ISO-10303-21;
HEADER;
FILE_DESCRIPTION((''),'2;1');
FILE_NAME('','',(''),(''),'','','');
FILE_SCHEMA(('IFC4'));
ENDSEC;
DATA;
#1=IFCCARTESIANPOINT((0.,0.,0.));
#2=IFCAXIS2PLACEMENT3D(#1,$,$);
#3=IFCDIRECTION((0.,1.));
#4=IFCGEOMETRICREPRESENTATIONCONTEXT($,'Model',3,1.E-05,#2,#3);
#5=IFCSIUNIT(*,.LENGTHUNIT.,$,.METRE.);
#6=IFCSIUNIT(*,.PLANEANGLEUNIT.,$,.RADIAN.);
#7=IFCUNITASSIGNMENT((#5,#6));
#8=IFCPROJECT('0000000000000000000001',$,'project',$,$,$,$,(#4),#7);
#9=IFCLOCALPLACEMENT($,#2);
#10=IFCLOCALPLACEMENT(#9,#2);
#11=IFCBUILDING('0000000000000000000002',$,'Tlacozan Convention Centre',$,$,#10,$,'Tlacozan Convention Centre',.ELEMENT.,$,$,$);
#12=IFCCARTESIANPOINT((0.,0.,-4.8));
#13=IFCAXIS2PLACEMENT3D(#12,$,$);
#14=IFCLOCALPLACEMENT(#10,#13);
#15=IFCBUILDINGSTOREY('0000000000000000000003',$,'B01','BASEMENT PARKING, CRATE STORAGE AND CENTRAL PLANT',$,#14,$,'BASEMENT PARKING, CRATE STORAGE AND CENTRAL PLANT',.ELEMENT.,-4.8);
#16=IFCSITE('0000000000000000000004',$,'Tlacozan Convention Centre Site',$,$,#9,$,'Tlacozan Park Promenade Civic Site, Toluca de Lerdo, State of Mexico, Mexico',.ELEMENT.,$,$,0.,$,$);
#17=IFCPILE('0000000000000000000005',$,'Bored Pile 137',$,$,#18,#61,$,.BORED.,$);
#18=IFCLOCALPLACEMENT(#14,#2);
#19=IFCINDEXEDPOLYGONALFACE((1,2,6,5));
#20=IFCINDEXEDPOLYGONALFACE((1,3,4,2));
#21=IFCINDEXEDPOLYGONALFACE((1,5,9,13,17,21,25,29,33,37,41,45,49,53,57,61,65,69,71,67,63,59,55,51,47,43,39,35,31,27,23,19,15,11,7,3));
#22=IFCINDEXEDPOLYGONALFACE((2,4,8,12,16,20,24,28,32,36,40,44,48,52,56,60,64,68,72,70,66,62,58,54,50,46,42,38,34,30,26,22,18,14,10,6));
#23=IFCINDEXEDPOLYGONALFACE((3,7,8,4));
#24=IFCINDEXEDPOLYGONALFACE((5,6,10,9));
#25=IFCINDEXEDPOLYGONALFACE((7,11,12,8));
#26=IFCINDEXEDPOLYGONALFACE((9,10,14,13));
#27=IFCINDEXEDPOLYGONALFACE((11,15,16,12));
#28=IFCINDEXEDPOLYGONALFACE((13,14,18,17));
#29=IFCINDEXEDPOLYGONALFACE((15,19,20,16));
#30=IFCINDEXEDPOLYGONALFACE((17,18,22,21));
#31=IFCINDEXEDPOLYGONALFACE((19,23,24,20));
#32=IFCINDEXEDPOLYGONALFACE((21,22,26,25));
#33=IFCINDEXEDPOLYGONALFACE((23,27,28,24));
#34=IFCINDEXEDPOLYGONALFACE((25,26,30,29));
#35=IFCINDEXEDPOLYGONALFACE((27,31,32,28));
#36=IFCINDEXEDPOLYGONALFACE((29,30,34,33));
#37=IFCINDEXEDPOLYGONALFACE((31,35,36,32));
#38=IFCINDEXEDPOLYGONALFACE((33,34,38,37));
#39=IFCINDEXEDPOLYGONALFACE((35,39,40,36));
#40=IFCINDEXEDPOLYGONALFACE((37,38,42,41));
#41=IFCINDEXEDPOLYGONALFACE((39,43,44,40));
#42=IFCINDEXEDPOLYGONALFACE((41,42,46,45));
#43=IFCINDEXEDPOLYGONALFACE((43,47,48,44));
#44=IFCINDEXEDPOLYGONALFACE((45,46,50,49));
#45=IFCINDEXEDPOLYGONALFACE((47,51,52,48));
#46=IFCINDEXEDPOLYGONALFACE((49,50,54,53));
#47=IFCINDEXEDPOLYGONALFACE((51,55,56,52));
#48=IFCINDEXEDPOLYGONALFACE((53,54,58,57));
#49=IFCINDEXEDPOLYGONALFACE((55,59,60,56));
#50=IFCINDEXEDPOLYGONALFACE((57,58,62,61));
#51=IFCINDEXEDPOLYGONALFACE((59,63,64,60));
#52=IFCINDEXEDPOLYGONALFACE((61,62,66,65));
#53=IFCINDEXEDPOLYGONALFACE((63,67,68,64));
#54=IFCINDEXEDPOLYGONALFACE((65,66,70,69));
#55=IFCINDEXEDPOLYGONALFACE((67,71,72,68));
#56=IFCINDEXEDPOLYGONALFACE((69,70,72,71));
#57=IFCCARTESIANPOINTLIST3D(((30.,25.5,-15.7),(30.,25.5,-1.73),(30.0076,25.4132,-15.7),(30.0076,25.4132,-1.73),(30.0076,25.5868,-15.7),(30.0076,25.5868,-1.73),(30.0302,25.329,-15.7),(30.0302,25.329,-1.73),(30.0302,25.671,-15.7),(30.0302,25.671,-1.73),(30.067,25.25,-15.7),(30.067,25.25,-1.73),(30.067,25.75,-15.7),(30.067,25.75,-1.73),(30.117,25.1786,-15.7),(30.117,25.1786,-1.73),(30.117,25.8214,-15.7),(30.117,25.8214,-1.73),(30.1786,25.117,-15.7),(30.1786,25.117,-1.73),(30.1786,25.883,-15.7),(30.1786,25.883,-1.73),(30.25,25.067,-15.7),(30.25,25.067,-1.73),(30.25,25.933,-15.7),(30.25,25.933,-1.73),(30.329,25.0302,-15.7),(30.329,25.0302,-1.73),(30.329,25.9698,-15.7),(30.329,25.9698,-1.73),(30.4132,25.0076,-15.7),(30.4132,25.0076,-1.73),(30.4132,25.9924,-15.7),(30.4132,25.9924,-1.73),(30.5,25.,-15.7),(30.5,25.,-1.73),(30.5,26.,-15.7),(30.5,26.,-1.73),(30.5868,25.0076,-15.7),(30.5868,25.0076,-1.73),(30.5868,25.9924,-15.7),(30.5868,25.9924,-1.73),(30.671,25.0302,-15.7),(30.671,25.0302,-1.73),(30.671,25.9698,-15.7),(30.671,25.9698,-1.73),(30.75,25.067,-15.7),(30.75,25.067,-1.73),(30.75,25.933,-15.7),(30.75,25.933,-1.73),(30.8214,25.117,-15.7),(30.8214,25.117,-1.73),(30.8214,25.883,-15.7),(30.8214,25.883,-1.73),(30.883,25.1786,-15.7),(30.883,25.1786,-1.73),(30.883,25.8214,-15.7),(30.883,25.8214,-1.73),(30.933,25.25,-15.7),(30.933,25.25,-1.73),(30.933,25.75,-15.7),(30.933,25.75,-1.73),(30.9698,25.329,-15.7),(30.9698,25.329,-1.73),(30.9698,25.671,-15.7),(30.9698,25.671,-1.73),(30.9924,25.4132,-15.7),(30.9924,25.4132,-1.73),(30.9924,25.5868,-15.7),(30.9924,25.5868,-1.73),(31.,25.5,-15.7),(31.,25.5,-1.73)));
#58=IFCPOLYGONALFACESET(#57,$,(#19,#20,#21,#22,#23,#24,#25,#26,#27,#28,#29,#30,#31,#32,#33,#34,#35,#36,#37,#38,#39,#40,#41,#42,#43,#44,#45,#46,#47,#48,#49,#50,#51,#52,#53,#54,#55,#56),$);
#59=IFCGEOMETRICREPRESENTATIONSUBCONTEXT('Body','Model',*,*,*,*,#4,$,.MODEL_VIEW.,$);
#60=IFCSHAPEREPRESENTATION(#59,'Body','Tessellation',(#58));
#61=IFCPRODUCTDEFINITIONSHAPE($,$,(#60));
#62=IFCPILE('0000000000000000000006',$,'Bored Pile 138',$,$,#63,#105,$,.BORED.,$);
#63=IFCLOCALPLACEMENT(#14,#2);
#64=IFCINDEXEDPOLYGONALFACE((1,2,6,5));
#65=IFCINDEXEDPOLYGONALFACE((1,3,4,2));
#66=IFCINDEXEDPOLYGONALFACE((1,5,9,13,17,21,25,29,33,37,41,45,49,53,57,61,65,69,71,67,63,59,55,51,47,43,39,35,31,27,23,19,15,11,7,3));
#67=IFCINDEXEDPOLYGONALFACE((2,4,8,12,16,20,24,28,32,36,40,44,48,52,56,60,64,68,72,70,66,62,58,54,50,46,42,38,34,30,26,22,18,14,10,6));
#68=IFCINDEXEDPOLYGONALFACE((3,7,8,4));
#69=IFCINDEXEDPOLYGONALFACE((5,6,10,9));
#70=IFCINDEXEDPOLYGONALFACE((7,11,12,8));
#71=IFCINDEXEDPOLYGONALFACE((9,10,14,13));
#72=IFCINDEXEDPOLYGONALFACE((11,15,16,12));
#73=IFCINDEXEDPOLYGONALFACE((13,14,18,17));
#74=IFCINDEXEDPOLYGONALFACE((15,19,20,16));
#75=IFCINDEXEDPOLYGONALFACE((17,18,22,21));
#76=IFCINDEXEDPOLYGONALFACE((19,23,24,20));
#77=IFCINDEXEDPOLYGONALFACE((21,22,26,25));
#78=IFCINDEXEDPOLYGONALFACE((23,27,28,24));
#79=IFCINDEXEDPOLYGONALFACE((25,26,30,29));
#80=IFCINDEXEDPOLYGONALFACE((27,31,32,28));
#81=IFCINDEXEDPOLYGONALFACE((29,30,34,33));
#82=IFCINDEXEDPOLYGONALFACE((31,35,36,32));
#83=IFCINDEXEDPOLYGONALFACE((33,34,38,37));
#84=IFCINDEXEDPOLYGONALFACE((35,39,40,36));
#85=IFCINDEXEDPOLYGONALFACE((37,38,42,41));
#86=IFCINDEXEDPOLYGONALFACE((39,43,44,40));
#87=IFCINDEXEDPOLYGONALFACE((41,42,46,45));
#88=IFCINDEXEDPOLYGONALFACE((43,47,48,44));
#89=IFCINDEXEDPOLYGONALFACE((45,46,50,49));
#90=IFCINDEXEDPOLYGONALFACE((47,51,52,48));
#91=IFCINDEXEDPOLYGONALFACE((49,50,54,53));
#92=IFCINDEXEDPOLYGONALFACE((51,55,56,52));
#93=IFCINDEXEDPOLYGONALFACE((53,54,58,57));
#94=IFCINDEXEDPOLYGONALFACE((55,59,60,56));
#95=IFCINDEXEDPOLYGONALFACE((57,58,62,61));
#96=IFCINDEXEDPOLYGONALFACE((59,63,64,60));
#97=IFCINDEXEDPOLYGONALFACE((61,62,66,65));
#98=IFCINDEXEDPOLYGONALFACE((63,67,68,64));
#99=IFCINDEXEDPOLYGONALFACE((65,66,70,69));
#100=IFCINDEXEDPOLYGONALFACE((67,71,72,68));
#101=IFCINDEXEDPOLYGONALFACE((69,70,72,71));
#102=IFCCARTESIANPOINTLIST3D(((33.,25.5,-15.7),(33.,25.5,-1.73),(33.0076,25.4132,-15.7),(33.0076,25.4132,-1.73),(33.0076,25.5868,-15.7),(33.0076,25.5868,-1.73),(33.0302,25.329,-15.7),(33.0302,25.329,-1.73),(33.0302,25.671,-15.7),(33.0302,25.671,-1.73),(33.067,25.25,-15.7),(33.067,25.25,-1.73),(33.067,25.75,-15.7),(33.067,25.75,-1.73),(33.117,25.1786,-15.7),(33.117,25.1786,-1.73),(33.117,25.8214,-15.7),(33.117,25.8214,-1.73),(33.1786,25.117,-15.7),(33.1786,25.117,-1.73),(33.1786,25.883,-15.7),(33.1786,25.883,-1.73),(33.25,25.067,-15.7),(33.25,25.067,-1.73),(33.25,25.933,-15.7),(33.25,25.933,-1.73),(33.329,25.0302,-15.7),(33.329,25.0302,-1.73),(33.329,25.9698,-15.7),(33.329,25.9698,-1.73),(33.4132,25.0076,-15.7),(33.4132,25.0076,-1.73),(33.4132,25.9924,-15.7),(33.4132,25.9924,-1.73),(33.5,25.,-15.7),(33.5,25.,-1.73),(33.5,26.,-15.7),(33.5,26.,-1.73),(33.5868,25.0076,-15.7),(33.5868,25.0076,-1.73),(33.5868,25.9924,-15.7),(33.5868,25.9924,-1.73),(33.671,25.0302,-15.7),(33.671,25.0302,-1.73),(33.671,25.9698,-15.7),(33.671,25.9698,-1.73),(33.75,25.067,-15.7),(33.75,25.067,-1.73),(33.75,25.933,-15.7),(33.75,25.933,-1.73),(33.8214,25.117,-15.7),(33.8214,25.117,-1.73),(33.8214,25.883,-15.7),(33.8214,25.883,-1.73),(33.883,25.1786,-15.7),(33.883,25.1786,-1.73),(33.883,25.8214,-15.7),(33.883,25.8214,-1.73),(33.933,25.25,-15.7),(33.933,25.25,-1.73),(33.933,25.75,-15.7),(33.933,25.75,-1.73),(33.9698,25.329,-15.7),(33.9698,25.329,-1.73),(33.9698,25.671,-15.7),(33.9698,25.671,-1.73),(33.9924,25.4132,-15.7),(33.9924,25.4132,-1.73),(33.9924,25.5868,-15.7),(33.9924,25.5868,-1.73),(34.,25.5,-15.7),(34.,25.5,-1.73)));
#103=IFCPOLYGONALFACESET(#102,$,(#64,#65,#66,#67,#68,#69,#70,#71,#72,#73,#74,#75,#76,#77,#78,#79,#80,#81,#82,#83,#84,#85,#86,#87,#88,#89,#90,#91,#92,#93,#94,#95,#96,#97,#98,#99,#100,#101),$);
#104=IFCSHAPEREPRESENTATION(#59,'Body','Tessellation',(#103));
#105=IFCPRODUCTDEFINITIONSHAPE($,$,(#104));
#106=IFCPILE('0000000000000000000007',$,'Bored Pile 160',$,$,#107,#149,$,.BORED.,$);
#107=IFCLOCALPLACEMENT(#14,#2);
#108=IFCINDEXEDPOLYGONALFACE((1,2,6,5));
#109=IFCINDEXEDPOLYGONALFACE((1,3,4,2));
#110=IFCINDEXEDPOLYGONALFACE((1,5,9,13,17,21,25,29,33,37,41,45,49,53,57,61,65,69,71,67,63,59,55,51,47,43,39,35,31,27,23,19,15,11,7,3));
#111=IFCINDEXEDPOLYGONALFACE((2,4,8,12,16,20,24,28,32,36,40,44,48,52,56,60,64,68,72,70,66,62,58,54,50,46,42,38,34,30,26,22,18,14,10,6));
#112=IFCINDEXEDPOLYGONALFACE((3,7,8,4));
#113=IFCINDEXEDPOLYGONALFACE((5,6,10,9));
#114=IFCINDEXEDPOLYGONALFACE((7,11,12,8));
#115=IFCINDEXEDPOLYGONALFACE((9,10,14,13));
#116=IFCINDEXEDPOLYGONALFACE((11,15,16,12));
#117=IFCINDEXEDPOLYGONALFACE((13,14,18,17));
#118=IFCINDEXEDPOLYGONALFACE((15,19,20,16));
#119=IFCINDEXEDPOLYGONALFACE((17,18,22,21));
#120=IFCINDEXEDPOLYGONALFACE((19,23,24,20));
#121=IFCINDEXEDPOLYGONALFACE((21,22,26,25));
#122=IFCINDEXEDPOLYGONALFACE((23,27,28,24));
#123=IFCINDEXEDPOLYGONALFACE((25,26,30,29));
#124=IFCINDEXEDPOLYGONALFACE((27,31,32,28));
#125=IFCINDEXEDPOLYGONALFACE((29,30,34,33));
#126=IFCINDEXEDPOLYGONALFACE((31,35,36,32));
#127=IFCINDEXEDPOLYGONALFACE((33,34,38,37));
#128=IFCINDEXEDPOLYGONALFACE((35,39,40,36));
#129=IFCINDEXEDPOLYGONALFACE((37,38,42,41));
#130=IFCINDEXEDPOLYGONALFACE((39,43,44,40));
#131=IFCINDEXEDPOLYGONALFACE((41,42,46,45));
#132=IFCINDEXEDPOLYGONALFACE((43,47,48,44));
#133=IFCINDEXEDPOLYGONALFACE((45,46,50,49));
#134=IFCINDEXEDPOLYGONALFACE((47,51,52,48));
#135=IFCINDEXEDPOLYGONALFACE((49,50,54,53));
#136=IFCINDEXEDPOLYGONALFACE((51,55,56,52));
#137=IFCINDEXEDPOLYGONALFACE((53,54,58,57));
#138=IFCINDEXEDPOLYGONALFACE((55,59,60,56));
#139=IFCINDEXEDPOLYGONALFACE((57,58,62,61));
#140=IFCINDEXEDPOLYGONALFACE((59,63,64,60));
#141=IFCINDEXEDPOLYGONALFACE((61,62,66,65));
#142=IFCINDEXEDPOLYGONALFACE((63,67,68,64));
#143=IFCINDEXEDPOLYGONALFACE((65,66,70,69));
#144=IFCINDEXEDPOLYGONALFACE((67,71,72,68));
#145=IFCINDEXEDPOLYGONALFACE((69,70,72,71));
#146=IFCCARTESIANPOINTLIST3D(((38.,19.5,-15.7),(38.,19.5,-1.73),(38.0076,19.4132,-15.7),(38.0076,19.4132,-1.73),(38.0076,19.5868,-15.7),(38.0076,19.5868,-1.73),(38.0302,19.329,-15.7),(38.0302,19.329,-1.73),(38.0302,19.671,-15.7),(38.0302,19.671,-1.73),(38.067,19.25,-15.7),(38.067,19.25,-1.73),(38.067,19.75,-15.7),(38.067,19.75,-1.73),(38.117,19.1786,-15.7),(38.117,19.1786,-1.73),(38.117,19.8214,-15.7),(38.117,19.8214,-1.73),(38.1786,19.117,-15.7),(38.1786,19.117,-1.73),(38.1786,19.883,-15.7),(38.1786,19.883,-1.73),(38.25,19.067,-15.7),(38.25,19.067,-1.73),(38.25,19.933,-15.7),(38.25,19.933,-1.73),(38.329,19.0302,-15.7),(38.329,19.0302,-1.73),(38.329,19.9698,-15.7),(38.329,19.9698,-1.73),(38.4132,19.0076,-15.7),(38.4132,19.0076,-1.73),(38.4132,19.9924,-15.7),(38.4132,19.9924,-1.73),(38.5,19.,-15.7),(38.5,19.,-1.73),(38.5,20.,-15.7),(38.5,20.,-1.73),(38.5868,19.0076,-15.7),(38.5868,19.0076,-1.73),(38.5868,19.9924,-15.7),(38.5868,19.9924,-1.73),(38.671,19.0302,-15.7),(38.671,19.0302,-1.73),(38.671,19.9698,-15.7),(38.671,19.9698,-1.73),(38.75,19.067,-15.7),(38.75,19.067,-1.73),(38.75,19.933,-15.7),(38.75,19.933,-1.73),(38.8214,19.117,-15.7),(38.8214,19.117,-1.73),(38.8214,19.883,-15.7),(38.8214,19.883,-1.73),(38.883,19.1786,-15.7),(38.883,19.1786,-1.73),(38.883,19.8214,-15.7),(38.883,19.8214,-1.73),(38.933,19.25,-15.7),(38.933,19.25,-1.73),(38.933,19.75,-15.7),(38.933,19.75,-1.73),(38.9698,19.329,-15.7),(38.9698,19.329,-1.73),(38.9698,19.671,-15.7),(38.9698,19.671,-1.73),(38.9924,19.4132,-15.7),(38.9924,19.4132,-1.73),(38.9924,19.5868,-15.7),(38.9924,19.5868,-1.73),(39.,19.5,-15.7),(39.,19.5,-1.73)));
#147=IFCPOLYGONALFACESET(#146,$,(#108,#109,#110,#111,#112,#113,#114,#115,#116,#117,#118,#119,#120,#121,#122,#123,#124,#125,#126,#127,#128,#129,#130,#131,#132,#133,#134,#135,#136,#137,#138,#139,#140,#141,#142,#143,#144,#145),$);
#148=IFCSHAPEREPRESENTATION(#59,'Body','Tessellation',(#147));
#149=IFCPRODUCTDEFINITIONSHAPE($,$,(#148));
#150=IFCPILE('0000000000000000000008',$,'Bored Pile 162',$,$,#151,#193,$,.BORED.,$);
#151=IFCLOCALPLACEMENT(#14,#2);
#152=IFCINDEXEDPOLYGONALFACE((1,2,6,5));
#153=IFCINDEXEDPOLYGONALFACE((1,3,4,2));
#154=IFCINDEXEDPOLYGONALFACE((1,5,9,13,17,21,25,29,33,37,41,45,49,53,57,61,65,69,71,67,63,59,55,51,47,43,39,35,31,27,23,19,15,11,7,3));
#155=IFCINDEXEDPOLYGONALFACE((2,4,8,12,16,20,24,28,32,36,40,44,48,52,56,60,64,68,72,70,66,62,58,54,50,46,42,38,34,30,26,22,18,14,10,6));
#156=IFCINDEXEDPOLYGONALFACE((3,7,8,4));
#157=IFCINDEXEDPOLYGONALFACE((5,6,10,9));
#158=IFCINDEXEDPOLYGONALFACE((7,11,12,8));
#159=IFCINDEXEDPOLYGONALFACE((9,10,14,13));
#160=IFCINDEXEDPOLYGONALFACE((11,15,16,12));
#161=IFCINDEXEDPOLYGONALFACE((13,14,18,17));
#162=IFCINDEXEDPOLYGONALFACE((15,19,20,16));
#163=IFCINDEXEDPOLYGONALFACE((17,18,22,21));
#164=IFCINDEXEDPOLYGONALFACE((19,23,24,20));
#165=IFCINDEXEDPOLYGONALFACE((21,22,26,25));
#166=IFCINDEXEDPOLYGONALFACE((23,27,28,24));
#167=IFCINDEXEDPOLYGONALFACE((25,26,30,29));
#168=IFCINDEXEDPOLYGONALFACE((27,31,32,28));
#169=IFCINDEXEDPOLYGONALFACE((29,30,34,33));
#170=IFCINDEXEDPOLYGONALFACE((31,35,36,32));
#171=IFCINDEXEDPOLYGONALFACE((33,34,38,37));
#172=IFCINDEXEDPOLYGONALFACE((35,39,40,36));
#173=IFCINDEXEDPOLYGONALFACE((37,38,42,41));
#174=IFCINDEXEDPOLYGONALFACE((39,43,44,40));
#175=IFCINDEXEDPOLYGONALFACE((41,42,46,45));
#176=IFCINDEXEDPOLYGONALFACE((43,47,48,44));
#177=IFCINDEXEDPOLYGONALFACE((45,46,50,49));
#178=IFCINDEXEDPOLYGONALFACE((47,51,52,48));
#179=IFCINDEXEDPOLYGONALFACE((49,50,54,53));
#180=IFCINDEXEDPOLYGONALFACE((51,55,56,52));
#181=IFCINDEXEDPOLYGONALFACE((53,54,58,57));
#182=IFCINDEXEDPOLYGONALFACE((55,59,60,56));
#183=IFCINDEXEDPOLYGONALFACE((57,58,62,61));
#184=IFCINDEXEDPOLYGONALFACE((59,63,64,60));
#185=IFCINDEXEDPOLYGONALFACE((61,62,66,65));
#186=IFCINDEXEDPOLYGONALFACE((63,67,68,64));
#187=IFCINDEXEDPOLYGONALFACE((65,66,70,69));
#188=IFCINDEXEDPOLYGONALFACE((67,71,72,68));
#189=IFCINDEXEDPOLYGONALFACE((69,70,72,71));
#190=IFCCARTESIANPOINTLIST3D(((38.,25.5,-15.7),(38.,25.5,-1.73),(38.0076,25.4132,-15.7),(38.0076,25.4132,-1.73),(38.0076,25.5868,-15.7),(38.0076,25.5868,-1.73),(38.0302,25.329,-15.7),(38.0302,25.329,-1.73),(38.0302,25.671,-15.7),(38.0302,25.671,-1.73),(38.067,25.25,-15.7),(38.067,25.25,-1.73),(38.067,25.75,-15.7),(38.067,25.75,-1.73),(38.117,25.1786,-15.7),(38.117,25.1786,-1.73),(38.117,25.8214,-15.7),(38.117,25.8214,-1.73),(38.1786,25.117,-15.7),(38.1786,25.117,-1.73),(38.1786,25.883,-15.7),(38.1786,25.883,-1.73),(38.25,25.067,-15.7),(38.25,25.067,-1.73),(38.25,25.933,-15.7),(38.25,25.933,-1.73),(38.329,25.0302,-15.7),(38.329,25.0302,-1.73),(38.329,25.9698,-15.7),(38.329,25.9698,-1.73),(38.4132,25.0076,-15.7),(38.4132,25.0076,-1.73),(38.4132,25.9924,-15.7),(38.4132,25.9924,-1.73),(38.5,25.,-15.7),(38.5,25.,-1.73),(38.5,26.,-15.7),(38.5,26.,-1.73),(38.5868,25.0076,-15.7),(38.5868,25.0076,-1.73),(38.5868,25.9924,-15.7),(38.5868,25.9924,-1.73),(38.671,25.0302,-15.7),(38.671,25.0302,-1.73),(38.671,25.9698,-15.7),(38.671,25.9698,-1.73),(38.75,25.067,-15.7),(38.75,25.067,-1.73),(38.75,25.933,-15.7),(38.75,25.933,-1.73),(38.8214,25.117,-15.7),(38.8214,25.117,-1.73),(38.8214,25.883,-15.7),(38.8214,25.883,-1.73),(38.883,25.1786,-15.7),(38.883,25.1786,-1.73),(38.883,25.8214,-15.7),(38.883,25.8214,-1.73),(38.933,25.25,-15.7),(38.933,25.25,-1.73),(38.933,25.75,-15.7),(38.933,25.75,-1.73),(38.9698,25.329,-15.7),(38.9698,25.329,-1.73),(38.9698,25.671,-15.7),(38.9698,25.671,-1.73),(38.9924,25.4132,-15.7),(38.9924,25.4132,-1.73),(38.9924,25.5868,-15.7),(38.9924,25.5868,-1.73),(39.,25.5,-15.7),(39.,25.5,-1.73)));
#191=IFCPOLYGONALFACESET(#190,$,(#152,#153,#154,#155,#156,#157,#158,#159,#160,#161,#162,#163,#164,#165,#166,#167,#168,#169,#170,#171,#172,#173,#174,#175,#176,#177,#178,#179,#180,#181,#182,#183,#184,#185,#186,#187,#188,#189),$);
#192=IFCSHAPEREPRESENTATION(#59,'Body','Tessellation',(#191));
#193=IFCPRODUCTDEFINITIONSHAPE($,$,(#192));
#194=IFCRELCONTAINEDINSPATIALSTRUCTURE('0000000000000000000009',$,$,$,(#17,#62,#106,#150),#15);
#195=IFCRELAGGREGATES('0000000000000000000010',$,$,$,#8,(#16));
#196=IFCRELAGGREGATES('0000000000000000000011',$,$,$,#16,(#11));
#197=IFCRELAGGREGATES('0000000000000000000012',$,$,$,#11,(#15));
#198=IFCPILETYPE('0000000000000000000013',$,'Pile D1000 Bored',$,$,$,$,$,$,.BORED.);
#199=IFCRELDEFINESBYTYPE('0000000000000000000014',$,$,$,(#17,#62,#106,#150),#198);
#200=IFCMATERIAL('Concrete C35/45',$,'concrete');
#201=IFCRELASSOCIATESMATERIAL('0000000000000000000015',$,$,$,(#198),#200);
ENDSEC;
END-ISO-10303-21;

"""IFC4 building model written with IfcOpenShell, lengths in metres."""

from ifc_helpers import new_model, si_unit, direction, frame, origin, origin_2d, place, context, subcontext, project, spatial, circle, extrude, material, material_profile, profile_set, type_object, element, save


model = new_model("IFC4")

# Units and contexts
model_context = context("Model", 3, precision=1e-05, world=origin(), true_north=direction((0.0, 1.0)))
body_context = subcontext(model_context, "Body", "Model", "MODEL_VIEW")
ifc_project = project(units=[si_unit("LENGTHUNIT", "METRE"), si_unit("PLANEANGLEUNIT", "RADIAN")], contexts=[model_context])

# Site, building, storey
site_placement = place(None, origin())
site = spatial("IfcSite", under=ifc_project, at=site_placement, Name="Tlacozan Convention Centre Site", LongName="Tlacozan Park Promenade Civic Site, Toluca de Lerdo, State of Mexico, Mexico", CompositionType="ELEMENT", RefElevation=0.0)
building_placement = place(site_placement, origin())
building = spatial("IfcBuilding", under=site, at=building_placement, Name="Tlacozan Convention Centre", LongName="Tlacozan Convention Centre", CompositionType="ELEMENT")
storey_placement = place(building_placement, frame((0.0, 0.0, -4.8)))
storey = spatial("IfcBuildingStorey", under=building, at=storey_placement, Name="B01", Description="BASEMENT PARKING, CRATE STORAGE AND CENTRAL PLANT", LongName="BASEMENT PARKING, CRATE STORAGE AND CENTRAL PLANT", CompositionType="ELEMENT", Elevation=-4.8)

# Shared definitions
ifc_material_1 = material(Name="Concrete C35/45", Category="concrete")

# Piles
ifc_material_profile_1 = material_profile(ifc_material_1, circle(Radius=0.5, at=origin_2d()), Name="PILE D1000")
ifc_profile_set_1 = profile_set([ifc_material_profile_1], Name="Concrete C35/45")
pile_type = type_object("IfcPileType", Name="Pile D1000 Bored", PredefinedType="BORED", material=ifc_profile_set_1)
for number, where, z_axis, x_axis, name in (
    (1, (30.5, 25.5, -1.73), (0.0, 0.0, -1.0), (1.0, 0.0, 0.0), "Bored Pile 137"),
    (2, (33.5, 25.5, -1.73), (0.0, 0.0, -1.0), (1.0, 0.0, 0.0), "Bored Pile 138"),
    (3, (38.5, 19.5, -1.73), (0.0, 0.0, -1.0), (1.0, 0.0, 0.0), "Bored Pile 160"),
    (4, (38.5, 25.5, -1.73), (0.0, 0.0, -1.0), (1.0, 0.0, 0.0), "Bored Pile 162"),
):
    element("IfcPile", number, at=place(storey_placement, frame(where, z_axis=z_axis, x_axis=x_axis)), inside=storey, type_object=pile_type, Name=name, PredefinedType="BORED", context=body_context, shape_type="SweptSolid", body=[
        extrude(circle(Radius=0.5, at=origin_2d()), origin(), (0.0, 0.0, 1.0), 13.97),
    ])

save(model, "model.ifc")
